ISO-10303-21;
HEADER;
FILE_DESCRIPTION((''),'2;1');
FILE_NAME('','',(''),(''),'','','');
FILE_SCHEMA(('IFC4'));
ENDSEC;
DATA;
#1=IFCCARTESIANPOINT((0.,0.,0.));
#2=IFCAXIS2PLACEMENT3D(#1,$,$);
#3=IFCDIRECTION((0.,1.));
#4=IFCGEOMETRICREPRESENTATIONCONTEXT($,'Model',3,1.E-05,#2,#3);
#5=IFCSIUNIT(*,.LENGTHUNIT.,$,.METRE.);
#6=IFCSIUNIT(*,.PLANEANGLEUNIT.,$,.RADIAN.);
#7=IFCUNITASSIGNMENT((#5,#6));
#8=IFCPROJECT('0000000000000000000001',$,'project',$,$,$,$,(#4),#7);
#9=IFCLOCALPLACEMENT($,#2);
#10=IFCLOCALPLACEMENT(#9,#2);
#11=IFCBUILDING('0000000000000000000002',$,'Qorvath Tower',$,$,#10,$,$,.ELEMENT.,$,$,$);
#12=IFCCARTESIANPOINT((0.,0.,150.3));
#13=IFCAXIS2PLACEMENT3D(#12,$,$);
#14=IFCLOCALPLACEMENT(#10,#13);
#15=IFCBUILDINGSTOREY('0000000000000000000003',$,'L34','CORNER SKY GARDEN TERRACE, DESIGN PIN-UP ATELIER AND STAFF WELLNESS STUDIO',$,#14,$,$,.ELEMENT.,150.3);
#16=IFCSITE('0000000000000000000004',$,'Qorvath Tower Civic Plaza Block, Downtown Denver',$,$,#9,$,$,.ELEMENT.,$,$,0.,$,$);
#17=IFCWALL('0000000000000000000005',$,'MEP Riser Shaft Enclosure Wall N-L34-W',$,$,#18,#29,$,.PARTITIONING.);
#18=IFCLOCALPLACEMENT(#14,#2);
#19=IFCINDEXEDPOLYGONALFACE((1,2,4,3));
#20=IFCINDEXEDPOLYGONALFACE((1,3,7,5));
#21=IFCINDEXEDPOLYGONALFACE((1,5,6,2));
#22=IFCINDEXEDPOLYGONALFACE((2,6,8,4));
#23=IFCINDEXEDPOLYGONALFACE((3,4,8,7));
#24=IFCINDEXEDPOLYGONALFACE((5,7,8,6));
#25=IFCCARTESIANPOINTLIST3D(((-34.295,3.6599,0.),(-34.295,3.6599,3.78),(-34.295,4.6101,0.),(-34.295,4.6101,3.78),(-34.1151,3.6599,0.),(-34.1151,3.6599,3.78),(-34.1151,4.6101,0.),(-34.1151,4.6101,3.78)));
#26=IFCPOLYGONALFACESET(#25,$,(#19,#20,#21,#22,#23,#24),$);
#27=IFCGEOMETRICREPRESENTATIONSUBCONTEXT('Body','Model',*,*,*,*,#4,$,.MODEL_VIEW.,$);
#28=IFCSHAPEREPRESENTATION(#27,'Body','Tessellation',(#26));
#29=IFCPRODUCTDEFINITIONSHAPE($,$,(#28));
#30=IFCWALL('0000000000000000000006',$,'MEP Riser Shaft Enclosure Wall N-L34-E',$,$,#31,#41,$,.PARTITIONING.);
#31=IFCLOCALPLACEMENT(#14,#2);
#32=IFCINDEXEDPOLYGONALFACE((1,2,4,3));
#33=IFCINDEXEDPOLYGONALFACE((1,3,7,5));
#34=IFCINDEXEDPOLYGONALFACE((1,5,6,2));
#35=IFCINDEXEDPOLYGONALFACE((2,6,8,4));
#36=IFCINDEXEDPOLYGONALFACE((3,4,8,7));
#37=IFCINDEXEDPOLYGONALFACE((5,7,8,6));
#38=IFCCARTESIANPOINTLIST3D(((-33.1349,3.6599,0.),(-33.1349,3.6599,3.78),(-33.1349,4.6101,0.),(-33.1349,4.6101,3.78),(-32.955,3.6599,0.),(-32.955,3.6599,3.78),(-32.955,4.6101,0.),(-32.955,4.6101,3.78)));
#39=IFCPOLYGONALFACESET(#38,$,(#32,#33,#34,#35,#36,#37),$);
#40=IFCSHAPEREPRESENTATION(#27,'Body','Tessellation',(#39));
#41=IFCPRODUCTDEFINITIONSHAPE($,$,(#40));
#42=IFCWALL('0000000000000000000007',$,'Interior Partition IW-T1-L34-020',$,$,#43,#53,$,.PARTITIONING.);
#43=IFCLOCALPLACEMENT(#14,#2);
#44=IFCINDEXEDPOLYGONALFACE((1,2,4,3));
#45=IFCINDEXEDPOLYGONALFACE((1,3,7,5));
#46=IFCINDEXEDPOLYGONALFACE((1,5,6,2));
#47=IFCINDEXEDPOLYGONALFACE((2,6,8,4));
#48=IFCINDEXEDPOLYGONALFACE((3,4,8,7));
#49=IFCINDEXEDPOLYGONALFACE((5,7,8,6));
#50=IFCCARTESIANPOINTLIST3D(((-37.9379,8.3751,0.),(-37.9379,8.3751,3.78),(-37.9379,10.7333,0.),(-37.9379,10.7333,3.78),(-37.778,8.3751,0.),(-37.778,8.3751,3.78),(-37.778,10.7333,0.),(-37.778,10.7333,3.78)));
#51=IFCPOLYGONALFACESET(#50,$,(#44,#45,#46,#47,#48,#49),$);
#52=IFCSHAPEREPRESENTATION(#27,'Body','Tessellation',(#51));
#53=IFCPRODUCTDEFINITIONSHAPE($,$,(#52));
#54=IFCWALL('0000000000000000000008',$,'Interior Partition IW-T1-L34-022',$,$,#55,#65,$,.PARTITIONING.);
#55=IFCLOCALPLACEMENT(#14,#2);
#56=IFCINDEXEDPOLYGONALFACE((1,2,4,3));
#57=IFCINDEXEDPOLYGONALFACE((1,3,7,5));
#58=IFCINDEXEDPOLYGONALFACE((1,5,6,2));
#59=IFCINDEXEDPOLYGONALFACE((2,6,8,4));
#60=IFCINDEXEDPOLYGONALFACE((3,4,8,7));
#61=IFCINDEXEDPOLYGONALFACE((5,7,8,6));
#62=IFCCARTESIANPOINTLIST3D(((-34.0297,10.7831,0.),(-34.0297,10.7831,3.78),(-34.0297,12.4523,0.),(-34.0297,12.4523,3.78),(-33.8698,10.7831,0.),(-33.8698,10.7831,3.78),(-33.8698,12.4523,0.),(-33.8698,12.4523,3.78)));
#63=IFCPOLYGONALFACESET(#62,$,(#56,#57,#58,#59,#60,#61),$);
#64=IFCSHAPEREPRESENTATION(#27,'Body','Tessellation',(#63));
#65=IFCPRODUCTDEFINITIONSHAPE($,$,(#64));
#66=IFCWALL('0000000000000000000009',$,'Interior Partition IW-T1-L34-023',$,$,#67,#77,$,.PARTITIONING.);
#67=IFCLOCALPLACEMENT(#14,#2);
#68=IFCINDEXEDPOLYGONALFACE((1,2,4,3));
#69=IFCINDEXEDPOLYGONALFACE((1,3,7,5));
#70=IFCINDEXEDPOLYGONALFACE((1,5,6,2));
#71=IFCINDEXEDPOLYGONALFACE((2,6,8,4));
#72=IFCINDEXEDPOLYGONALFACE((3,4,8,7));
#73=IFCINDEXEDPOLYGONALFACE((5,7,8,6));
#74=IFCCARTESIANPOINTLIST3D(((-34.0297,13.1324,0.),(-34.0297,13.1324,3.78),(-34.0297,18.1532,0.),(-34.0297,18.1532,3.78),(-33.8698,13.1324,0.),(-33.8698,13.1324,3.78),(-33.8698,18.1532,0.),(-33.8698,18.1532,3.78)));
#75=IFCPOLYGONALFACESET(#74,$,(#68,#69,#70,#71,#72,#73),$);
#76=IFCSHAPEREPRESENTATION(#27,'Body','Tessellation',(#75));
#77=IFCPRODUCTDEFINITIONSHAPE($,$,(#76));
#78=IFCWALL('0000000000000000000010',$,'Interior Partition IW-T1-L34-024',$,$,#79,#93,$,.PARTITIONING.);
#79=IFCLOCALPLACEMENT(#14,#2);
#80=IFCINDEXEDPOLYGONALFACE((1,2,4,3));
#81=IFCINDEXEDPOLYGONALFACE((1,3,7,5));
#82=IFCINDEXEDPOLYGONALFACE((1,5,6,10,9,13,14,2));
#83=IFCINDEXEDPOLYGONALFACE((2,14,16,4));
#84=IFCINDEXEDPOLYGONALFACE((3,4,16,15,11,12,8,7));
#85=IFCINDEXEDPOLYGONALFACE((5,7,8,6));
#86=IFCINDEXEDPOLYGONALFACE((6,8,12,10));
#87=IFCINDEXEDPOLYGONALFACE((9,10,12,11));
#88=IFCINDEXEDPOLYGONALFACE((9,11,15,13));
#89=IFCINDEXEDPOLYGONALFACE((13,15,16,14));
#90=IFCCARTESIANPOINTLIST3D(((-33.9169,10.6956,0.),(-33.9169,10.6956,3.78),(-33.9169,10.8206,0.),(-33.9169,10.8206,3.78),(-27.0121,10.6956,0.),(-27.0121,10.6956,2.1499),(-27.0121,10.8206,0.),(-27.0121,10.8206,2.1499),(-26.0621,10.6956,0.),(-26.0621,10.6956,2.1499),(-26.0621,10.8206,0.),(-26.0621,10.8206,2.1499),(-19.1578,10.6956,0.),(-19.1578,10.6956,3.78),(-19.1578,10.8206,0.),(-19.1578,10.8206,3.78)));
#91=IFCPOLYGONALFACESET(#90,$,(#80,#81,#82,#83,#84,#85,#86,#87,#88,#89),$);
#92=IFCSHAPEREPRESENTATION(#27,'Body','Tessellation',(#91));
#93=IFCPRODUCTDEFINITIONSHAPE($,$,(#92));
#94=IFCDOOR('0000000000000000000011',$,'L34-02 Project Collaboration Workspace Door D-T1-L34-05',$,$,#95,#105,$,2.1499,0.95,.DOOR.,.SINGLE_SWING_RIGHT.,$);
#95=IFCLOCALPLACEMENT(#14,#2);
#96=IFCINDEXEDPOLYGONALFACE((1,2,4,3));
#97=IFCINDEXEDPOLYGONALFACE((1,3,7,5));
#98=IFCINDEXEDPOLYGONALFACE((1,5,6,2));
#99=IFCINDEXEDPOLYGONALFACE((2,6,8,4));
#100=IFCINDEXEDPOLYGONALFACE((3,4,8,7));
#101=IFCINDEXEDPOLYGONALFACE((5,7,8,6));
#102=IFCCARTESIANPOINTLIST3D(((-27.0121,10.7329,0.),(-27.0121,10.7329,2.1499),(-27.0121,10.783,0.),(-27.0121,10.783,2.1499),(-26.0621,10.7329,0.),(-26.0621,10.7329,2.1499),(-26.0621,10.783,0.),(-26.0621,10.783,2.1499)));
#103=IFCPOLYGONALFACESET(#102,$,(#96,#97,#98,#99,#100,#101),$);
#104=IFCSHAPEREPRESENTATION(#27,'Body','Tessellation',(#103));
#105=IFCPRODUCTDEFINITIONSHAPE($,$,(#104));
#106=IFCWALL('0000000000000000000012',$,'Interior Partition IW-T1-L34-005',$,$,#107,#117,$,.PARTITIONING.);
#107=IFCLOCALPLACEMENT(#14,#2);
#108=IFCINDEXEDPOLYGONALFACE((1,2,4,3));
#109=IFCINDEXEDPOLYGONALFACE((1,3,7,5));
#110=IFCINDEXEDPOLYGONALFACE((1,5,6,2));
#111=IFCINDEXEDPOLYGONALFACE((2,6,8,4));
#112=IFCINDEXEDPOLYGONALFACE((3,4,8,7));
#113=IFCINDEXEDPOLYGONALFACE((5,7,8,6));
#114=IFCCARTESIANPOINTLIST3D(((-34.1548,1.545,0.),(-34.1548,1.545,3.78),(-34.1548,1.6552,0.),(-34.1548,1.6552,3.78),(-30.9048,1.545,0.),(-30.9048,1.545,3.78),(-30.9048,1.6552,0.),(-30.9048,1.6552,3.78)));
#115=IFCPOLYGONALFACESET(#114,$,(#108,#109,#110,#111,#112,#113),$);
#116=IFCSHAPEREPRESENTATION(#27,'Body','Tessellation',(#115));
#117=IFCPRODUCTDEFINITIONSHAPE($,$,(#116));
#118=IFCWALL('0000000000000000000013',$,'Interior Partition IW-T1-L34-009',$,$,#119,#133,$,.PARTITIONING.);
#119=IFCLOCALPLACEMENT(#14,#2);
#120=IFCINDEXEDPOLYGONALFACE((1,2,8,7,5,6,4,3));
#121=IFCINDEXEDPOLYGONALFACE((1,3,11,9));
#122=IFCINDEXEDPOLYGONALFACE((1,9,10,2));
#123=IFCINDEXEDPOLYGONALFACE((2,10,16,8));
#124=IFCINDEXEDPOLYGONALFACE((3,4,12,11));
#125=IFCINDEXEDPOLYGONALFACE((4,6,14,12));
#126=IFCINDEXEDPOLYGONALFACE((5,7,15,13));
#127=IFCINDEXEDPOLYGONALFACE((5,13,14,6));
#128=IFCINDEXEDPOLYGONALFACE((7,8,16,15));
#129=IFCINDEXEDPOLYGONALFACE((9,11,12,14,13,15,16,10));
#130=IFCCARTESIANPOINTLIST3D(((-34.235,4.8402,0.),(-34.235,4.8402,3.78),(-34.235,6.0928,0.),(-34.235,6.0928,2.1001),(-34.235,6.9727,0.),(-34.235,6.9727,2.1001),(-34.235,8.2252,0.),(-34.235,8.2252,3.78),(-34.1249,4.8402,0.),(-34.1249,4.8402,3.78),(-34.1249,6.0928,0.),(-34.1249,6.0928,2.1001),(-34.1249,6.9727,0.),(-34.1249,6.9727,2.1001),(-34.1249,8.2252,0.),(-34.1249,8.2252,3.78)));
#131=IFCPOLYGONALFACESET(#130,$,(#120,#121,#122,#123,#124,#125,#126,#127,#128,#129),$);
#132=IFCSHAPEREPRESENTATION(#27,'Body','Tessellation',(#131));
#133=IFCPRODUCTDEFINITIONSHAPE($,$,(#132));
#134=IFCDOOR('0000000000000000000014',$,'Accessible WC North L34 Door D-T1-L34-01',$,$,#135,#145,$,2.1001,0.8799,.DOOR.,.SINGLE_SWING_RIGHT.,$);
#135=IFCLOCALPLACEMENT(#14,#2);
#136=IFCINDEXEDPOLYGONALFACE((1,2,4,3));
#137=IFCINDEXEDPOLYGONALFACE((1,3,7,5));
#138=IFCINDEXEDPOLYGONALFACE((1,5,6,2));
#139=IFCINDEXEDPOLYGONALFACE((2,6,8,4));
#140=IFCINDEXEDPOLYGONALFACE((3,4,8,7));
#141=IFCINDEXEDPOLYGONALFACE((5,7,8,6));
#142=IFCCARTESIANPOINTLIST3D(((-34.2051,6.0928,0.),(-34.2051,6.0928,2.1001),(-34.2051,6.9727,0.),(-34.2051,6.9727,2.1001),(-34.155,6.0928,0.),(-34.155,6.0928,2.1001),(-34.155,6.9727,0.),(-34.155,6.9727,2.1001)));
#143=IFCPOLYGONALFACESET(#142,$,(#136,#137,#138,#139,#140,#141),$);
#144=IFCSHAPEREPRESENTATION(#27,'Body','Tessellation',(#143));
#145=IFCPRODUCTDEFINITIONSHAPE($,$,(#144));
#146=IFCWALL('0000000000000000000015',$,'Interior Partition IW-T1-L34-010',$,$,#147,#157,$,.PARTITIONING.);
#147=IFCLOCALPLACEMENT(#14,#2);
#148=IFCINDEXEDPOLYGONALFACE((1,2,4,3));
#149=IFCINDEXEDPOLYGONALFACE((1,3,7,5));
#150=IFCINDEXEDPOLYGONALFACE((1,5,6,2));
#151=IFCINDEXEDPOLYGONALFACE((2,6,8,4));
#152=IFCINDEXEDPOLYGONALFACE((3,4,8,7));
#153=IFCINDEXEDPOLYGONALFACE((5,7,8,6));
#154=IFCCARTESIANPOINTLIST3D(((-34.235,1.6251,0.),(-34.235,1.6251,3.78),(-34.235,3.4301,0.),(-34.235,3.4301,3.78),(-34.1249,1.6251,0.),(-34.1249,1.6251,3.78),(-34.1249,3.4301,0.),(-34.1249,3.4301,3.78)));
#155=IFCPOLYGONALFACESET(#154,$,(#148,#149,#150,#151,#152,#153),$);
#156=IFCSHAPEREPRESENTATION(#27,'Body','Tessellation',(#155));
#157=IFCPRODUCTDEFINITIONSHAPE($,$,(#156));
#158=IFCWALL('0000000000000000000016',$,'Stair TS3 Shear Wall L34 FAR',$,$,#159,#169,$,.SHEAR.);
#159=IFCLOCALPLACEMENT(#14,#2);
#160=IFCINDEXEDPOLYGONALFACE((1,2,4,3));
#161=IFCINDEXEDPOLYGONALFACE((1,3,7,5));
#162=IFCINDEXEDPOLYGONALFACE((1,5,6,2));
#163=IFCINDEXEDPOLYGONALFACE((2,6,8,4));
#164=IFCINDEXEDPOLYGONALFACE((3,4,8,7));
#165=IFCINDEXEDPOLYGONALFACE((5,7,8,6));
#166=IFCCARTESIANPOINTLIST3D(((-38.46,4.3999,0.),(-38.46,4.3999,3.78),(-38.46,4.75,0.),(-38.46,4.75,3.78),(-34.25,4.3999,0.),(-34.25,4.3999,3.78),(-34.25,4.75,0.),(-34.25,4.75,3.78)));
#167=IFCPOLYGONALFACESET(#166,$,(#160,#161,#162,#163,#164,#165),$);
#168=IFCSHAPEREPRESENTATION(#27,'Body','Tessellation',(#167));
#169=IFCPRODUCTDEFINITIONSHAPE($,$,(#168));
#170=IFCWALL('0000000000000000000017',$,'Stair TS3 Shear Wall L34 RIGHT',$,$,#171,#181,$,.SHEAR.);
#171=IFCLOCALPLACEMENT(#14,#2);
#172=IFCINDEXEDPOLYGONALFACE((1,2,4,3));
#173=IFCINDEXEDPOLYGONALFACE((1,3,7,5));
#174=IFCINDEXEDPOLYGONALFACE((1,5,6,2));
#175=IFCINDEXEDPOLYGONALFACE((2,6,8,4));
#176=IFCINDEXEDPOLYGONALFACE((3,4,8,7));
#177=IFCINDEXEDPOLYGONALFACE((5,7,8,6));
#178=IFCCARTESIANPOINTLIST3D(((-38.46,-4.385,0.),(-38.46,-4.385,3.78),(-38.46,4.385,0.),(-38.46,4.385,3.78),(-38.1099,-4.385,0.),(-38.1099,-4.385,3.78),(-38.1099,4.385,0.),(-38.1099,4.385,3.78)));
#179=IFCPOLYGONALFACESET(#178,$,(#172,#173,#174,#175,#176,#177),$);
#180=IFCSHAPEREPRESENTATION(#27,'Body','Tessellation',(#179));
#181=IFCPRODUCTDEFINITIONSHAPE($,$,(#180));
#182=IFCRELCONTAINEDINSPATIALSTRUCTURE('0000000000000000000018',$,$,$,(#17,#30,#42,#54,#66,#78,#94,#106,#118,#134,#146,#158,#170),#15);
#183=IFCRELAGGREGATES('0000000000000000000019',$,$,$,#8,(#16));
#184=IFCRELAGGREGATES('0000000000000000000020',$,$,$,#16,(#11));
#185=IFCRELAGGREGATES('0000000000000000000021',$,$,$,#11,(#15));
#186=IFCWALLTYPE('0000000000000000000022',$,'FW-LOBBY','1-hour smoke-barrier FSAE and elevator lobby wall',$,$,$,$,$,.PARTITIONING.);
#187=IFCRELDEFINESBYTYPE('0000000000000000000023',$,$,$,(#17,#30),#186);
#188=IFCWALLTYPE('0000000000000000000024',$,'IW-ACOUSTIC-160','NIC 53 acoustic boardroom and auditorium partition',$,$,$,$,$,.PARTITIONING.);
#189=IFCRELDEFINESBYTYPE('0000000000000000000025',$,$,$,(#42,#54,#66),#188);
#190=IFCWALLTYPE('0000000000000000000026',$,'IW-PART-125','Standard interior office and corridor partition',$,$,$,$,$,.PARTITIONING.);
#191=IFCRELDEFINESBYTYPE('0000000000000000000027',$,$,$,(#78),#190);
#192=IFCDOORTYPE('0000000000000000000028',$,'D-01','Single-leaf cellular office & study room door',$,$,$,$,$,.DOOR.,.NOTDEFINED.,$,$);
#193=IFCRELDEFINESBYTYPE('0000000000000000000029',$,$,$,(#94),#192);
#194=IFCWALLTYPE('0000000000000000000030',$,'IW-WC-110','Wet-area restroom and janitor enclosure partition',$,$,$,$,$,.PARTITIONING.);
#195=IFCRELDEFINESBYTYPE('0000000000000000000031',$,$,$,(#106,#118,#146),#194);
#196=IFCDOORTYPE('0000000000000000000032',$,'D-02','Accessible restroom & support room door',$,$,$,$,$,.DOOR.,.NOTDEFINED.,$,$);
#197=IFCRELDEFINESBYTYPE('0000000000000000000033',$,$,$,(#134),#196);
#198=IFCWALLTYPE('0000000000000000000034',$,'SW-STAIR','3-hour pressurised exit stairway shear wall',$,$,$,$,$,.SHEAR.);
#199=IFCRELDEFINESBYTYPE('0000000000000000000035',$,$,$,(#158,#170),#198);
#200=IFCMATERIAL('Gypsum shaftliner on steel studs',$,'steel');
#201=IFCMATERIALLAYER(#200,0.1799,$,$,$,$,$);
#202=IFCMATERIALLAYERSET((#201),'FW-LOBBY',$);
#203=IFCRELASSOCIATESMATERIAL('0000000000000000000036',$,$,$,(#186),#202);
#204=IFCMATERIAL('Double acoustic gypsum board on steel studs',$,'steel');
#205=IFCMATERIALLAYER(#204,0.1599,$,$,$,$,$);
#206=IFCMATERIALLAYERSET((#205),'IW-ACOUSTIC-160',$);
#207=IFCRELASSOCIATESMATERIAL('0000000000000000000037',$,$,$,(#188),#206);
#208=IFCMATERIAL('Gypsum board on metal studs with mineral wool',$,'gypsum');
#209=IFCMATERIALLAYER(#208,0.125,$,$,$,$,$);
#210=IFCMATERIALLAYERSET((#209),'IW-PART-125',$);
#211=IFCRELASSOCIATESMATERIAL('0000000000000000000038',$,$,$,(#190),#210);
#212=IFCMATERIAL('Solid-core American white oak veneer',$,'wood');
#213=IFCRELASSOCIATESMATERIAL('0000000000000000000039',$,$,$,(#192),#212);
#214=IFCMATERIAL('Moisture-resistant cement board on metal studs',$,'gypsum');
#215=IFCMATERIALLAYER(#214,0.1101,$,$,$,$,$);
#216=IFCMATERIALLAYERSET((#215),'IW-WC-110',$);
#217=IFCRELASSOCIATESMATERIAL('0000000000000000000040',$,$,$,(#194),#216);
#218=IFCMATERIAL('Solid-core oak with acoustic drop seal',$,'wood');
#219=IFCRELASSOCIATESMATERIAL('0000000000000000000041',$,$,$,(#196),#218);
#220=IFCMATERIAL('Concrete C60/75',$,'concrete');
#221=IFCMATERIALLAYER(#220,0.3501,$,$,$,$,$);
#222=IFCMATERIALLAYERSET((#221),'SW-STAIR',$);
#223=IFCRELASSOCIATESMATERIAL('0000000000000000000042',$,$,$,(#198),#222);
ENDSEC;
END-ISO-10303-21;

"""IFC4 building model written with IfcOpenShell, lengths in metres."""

from ifc_helpers import new_model, si_unit, direction, frame, frame_2d, origin, place, context, subcontext, project, spatial, rectangle, extrude, material, layer, layer_set, type_object, element, fill, save


model = new_model("IFC4")

# Units and contexts
model_context = context("Model", 3, precision=1e-05, world=origin(), true_north=direction((0.0, 1.0)))
body_context = subcontext(model_context, "Body", "Model", "MODEL_VIEW")
ifc_project = project(units=[si_unit("LENGTHUNIT", "METRE"), si_unit("PLANEANGLEUNIT", "RADIAN")], contexts=[model_context])

# Site, building, storey
site_placement = place(None, origin())
site = spatial("IfcSite", under=ifc_project, at=site_placement, Name="Qorvath Tower Civic Plaza Block, Downtown Denver", CompositionType="ELEMENT", RefElevation=0.0)
building_placement = place(site_placement, origin())
building = spatial("IfcBuilding", under=site, at=building_placement, Name="Qorvath Tower", CompositionType="ELEMENT")
storey_placement = place(building_placement, frame((0.0, 0.0, 150.3)))
storey = spatial("IfcBuildingStorey", under=building, at=storey_placement, Name="L34", Description="CORNER SKY GARDEN TERRACE, DESIGN PIN-UP ATELIER AND STAFF WELLNESS STUDIO", CompositionType="ELEMENT", Elevation=150.3)

# Walls
ifc_material_1 = material(Name="Gypsum shaftliner on steel studs", Category="steel")
ifc_layer_1 = layer(ifc_material_1, 0.1799)
ifc_layer_set_1 = layer_set([ifc_layer_1], Name="FW-LOBBY")
wall_type_1 = type_object("IfcWallType", Name="FW-LOBBY", Description="1-hour smoke-barrier FSAE and elevator lobby wall", PredefinedType="PARTITIONING", material=ifc_layer_set_1)
for number, where, z_axis, x_axis, name in (
    (1, (-34.2051, 3.6599, 0.0), (0.0, 0.0, 1.0), (0.0, 1.0, 0.0), "MEP Riser Shaft Enclosure Wall N-L34-W"),
    (2, (-33.0449, 4.6101, 0.0), (0.0, 0.0, 1.0), (0.0, -1.0, 0.0), "MEP Riser Shaft Enclosure Wall N-L34-E"),
):
    element("IfcWall", number, at=place(storey_placement, frame(where, z_axis=z_axis, x_axis=x_axis)), inside=storey, type_object=wall_type_1, Name=name, PredefinedType="PARTITIONING", context=body_context, shape_type="SweptSolid", body=[
        extrude(rectangle(XDim=0.9502, YDim=0.1799, at=frame_2d((0.4751, 0.0))), origin(), (0.0, 0.0, 1.0), 3.78),
    ])
ifc_material_2 = material(Name="Double acoustic gypsum board on steel studs", Category="steel")
ifc_layer_2 = layer(ifc_material_2, 0.1599)
ifc_layer_set_2 = layer_set([ifc_layer_2], Name="IW-ACOUSTIC-160")
wall_type_2 = type_object("IfcWallType", Name="IW-ACOUSTIC-160", Description="NIC 53 acoustic boardroom and auditorium partition", PredefinedType="PARTITIONING", material=ifc_layer_set_2)
wall_1_placement = place(storey_placement, frame((-37.8579, 8.375, 0.0), z_axis=(0.0, 0.0, 1.0), x_axis=(0.0, 1.0, 0.0)))
element("IfcWall", 3, at=wall_1_placement, inside=storey, type_object=wall_type_2, Name="Interior Partition IW-T1-L34-020", PredefinedType="PARTITIONING", context=body_context, shape_type="SweptSolid", body=[
    extrude(rectangle(XDim=2.3582, YDim=0.1599, at=frame_2d((1.1792, 0.0))), origin(), (0.0, 0.0, 1.0), 3.78),
])

# Walls
wall_2_placement = place(storey_placement, frame((-33.9497, 10.7832, 0.0), z_axis=(0.0, 0.0, 1.0), x_axis=(0.0, 1.0, 0.0)))
element("IfcWall", 4, at=wall_2_placement, inside=storey, type_object=wall_type_2, Name="Interior Partition IW-T1-L34-022", PredefinedType="PARTITIONING", context=body_context, shape_type="SweptSolid", body=[
    extrude(rectangle(XDim=1.6692, YDim=0.1599, at=frame_2d((0.8345, 0.0))), origin(), (0.0, 0.0, 1.0), 3.78),
])
wall_3_placement = place(storey_placement, frame((-33.9497, 13.1326, 0.0), z_axis=(0.0, 0.0, 1.0), x_axis=(0.0, 1.0, 0.0)))
element("IfcWall", 5, at=wall_3_placement, inside=storey, type_object=wall_type_2, Name="Interior Partition IW-T1-L34-023", PredefinedType="PARTITIONING", context=body_context, shape_type="SweptSolid", body=[
    extrude(rectangle(XDim=5.0208, YDim=0.1599, at=frame_2d((2.5103, 0.0))), origin(), (0.0, 0.0, 1.0), 3.78),
])

# Wall, opening, door
ifc_material_3 = material(Name="Gypsum board on metal studs with mineral wool", Category="gypsum")
ifc_layer_3 = layer(ifc_material_3, 0.125)
ifc_layer_set_3 = layer_set([ifc_layer_3], Name="IW-PART-125")
wall_type_3 = type_object("IfcWallType", Name="IW-PART-125", Description="Standard interior office and corridor partition", PredefinedType="PARTITIONING", material=ifc_layer_set_3)
wall_4_placement = place(storey_placement, frame((-33.9167, 10.7581, 0.0), z_axis=(0.0, 0.0, 1.0), x_axis=(1.0, 0.0, 0.0)))
wall_4 = element("IfcWall", 6, at=wall_4_placement, inside=storey, type_object=wall_type_3, Name="Interior Partition IW-T1-L34-024", PredefinedType="PARTITIONING", context=body_context, shape_type="SweptSolid", body=[
    extrude(rectangle(XDim=14.759, YDim=0.125, at=frame_2d((7.3794, 0.0))), origin(), (0.0, 0.0, 1.0), 3.78),
])
opening_1_placement = place(wall_4_placement, frame((6.9045, 0.0, 0.0)))
opening_1 = element("IfcOpeningElement", 7, at=opening_1_placement, cuts=wall_4, PredefinedType="OPENING", context=body_context, shape_type="SweptSolid", body=[
    extrude(rectangle(XDim=0.95, YDim=2.1499, at=frame_2d((0.4751, 1.075))), frame((0.0, 0.0725, 0.0), z_axis=(0.0, -1.0, 0.0), x_axis=(1.0, 0.0, 0.0)), (0.0, 0.0, 1.0), 0.145),
])
ifc_material_4 = material(Name="Solid-core American white oak veneer", Category="wood")
door_type_1 = type_object("IfcDoorType", Name="D-01", Description="Single-leaf cellular office & study room door", OperationType="NOTDEFINED", PredefinedType="DOOR", material=ifc_material_4)
door_1_placement = place(opening_1_placement, origin())
door_1 = element("IfcDoor", 8, at=door_1_placement, inside=storey, type_object=door_type_1, Name="L34-02 Project Collaboration Workspace Door D-T1-L34-05", OperationType="SINGLE_SWING_RIGHT", OverallHeight=2.1499, OverallWidth=0.95, PredefinedType="DOOR", context=body_context, shape_type="SweptSolid", body=[
    extrude(rectangle(XDim=0.95, YDim=2.1499, at=frame_2d((0.4751, 1.075))), frame((0.0, 0.0249, 0.0), z_axis=(0.0, -1.0, 0.0), x_axis=(1.0, 0.0, 0.0)), (0.0, 0.0, 1.0), 0.05),
])
fill(opening_1, door_1)

# Wall
ifc_material_5 = material(Name="Moisture-resistant cement board on metal studs", Category="gypsum")
ifc_layer_4 = layer(ifc_material_5, 0.1101)
ifc_layer_set_4 = layer_set([ifc_layer_4], Name="IW-WC-110")
wall_type_4 = type_object("IfcWallType", Name="IW-WC-110", Description="Wet-area restroom and janitor enclosure partition", PredefinedType="PARTITIONING", material=ifc_layer_set_4)
wall_5_placement = place(storey_placement, frame((-34.1548, 1.6001, 0.0), z_axis=(0.0, 0.0, 1.0), x_axis=(1.0, 0.0, 0.0)))
element("IfcWall", 9, at=wall_5_placement, inside=storey, type_object=wall_type_4, Name="Interior Partition IW-T1-L34-005", PredefinedType="PARTITIONING", context=body_context, shape_type="SweptSolid", body=[
    extrude(rectangle(XDim=3.25, YDim=0.1101, at=frame_2d((1.625, 0.0))), origin(), (0.0, 0.0, 1.0), 3.78),
])

# Wall, opening, door
wall_6_placement = place(storey_placement, frame((-34.1799, 8.2251, 0.0), z_axis=(0.0, 0.0, 1.0), x_axis=(0.0, -1.0, 0.0)))
wall_6 = element("IfcWall", 10, at=wall_6_placement, inside=storey, type_object=wall_type_4, Name="Interior Partition IW-T1-L34-009", PredefinedType="PARTITIONING", context=body_context, shape_type="SweptSolid", body=[
    extrude(rectangle(XDim=3.385, YDim=0.1101, at=frame_2d((1.6924, 0.0))), origin(), (0.0, 0.0, 1.0), 3.78),
])
opening_2_placement = place(wall_6_placement, frame((1.2524, 0.0, 0.0)))
opening_2 = element("IfcOpeningElement", 11, at=opening_2_placement, cuts=wall_6, PredefinedType="OPENING", context=body_context, shape_type="SweptSolid", body=[
    extrude(rectangle(XDim=0.8799, YDim=2.1001, at=frame_2d((0.4399, 1.05))), frame((0.0, 0.0649, 0.0), z_axis=(0.0, -1.0, 0.0), x_axis=(1.0, 0.0, 0.0)), (0.0, 0.0, 1.0), 0.1301),
])
ifc_material_6 = material(Name="Solid-core oak with acoustic drop seal", Category="wood")
door_type_2 = type_object("IfcDoorType", Name="D-02", Description="Accessible restroom & support room door", OperationType="NOTDEFINED", PredefinedType="DOOR", material=ifc_material_6)
door_2_placement = place(opening_2_placement, origin())
door_2 = element("IfcDoor", 12, at=door_2_placement, inside=storey, type_object=door_type_2, Name="Accessible WC North L34 Door D-T1-L34-01", OperationType="SINGLE_SWING_RIGHT", OverallHeight=2.1001, OverallWidth=0.8799, PredefinedType="DOOR", context=body_context, shape_type="SweptSolid", body=[
    extrude(rectangle(XDim=0.8799, YDim=2.1001, at=frame_2d((0.4399, 1.05))), frame((0.0, 0.0249, 0.0), z_axis=(0.0, -1.0, 0.0), x_axis=(1.0, 0.0, 0.0)), (0.0, 0.0, 1.0), 0.05),
])
fill(opening_2, door_2)

# Walls
wall_7_placement = place(storey_placement, frame((-34.1799, 3.4299, 0.0), z_axis=(0.0, 0.0, 1.0), x_axis=(0.0, -1.0, 0.0)))
element("IfcWall", 13, at=wall_7_placement, inside=storey, type_object=wall_type_4, Name="Interior Partition IW-T1-L34-010", PredefinedType="PARTITIONING", context=body_context, shape_type="SweptSolid", body=[
    extrude(rectangle(XDim=1.8049, YDim=0.1101, at=frame_2d((0.9023, 0.0))), origin(), (0.0, 0.0, 1.0), 3.78),
])
ifc_material_7 = material(Name="Concrete C60/75", Category="concrete")
ifc_layer_5 = layer(ifc_material_7, 0.3501)
ifc_layer_set_5 = layer_set([ifc_layer_5], Name="SW-STAIR")
wall_type_5 = type_object("IfcWallType", Name="SW-STAIR", Description="3-hour pressurised exit stairway shear wall", PredefinedType="SHEAR", material=ifc_layer_set_5)
wall_8_placement = place(storey_placement, frame((-34.25, 4.575, 0.0), z_axis=(0.0, 0.0, 1.0), x_axis=(-1.0, 0.0, 0.0)))
element("IfcWall", 14, at=wall_8_placement, inside=storey, type_object=wall_type_5, Name="Stair TS3 Shear Wall L34 FAR", PredefinedType="SHEAR", context=body_context, shape_type="SweptSolid", body=[
    extrude(rectangle(XDim=4.21, YDim=0.3501, at=frame_2d((2.105, 0.0))), origin(), (0.0, 0.0, 1.0), 3.78),
])
wall_9_placement = place(storey_placement, frame((-38.2849, 4.385, 0.0), z_axis=(0.0, 0.0, 1.0), x_axis=(0.0, -1.0, 0.0)))
element("IfcWall", 15, at=wall_9_placement, inside=storey, type_object=wall_type_5, Name="Stair TS3 Shear Wall L34 RIGHT", PredefinedType="SHEAR", context=body_context, shape_type="SweptSolid", body=[
    extrude(rectangle(XDim=8.77, YDim=0.3501, at=frame_2d((4.385, 0.0))), origin(), (0.0, 0.0, 1.0), 3.78),
])

save(model, "model.ifc")
